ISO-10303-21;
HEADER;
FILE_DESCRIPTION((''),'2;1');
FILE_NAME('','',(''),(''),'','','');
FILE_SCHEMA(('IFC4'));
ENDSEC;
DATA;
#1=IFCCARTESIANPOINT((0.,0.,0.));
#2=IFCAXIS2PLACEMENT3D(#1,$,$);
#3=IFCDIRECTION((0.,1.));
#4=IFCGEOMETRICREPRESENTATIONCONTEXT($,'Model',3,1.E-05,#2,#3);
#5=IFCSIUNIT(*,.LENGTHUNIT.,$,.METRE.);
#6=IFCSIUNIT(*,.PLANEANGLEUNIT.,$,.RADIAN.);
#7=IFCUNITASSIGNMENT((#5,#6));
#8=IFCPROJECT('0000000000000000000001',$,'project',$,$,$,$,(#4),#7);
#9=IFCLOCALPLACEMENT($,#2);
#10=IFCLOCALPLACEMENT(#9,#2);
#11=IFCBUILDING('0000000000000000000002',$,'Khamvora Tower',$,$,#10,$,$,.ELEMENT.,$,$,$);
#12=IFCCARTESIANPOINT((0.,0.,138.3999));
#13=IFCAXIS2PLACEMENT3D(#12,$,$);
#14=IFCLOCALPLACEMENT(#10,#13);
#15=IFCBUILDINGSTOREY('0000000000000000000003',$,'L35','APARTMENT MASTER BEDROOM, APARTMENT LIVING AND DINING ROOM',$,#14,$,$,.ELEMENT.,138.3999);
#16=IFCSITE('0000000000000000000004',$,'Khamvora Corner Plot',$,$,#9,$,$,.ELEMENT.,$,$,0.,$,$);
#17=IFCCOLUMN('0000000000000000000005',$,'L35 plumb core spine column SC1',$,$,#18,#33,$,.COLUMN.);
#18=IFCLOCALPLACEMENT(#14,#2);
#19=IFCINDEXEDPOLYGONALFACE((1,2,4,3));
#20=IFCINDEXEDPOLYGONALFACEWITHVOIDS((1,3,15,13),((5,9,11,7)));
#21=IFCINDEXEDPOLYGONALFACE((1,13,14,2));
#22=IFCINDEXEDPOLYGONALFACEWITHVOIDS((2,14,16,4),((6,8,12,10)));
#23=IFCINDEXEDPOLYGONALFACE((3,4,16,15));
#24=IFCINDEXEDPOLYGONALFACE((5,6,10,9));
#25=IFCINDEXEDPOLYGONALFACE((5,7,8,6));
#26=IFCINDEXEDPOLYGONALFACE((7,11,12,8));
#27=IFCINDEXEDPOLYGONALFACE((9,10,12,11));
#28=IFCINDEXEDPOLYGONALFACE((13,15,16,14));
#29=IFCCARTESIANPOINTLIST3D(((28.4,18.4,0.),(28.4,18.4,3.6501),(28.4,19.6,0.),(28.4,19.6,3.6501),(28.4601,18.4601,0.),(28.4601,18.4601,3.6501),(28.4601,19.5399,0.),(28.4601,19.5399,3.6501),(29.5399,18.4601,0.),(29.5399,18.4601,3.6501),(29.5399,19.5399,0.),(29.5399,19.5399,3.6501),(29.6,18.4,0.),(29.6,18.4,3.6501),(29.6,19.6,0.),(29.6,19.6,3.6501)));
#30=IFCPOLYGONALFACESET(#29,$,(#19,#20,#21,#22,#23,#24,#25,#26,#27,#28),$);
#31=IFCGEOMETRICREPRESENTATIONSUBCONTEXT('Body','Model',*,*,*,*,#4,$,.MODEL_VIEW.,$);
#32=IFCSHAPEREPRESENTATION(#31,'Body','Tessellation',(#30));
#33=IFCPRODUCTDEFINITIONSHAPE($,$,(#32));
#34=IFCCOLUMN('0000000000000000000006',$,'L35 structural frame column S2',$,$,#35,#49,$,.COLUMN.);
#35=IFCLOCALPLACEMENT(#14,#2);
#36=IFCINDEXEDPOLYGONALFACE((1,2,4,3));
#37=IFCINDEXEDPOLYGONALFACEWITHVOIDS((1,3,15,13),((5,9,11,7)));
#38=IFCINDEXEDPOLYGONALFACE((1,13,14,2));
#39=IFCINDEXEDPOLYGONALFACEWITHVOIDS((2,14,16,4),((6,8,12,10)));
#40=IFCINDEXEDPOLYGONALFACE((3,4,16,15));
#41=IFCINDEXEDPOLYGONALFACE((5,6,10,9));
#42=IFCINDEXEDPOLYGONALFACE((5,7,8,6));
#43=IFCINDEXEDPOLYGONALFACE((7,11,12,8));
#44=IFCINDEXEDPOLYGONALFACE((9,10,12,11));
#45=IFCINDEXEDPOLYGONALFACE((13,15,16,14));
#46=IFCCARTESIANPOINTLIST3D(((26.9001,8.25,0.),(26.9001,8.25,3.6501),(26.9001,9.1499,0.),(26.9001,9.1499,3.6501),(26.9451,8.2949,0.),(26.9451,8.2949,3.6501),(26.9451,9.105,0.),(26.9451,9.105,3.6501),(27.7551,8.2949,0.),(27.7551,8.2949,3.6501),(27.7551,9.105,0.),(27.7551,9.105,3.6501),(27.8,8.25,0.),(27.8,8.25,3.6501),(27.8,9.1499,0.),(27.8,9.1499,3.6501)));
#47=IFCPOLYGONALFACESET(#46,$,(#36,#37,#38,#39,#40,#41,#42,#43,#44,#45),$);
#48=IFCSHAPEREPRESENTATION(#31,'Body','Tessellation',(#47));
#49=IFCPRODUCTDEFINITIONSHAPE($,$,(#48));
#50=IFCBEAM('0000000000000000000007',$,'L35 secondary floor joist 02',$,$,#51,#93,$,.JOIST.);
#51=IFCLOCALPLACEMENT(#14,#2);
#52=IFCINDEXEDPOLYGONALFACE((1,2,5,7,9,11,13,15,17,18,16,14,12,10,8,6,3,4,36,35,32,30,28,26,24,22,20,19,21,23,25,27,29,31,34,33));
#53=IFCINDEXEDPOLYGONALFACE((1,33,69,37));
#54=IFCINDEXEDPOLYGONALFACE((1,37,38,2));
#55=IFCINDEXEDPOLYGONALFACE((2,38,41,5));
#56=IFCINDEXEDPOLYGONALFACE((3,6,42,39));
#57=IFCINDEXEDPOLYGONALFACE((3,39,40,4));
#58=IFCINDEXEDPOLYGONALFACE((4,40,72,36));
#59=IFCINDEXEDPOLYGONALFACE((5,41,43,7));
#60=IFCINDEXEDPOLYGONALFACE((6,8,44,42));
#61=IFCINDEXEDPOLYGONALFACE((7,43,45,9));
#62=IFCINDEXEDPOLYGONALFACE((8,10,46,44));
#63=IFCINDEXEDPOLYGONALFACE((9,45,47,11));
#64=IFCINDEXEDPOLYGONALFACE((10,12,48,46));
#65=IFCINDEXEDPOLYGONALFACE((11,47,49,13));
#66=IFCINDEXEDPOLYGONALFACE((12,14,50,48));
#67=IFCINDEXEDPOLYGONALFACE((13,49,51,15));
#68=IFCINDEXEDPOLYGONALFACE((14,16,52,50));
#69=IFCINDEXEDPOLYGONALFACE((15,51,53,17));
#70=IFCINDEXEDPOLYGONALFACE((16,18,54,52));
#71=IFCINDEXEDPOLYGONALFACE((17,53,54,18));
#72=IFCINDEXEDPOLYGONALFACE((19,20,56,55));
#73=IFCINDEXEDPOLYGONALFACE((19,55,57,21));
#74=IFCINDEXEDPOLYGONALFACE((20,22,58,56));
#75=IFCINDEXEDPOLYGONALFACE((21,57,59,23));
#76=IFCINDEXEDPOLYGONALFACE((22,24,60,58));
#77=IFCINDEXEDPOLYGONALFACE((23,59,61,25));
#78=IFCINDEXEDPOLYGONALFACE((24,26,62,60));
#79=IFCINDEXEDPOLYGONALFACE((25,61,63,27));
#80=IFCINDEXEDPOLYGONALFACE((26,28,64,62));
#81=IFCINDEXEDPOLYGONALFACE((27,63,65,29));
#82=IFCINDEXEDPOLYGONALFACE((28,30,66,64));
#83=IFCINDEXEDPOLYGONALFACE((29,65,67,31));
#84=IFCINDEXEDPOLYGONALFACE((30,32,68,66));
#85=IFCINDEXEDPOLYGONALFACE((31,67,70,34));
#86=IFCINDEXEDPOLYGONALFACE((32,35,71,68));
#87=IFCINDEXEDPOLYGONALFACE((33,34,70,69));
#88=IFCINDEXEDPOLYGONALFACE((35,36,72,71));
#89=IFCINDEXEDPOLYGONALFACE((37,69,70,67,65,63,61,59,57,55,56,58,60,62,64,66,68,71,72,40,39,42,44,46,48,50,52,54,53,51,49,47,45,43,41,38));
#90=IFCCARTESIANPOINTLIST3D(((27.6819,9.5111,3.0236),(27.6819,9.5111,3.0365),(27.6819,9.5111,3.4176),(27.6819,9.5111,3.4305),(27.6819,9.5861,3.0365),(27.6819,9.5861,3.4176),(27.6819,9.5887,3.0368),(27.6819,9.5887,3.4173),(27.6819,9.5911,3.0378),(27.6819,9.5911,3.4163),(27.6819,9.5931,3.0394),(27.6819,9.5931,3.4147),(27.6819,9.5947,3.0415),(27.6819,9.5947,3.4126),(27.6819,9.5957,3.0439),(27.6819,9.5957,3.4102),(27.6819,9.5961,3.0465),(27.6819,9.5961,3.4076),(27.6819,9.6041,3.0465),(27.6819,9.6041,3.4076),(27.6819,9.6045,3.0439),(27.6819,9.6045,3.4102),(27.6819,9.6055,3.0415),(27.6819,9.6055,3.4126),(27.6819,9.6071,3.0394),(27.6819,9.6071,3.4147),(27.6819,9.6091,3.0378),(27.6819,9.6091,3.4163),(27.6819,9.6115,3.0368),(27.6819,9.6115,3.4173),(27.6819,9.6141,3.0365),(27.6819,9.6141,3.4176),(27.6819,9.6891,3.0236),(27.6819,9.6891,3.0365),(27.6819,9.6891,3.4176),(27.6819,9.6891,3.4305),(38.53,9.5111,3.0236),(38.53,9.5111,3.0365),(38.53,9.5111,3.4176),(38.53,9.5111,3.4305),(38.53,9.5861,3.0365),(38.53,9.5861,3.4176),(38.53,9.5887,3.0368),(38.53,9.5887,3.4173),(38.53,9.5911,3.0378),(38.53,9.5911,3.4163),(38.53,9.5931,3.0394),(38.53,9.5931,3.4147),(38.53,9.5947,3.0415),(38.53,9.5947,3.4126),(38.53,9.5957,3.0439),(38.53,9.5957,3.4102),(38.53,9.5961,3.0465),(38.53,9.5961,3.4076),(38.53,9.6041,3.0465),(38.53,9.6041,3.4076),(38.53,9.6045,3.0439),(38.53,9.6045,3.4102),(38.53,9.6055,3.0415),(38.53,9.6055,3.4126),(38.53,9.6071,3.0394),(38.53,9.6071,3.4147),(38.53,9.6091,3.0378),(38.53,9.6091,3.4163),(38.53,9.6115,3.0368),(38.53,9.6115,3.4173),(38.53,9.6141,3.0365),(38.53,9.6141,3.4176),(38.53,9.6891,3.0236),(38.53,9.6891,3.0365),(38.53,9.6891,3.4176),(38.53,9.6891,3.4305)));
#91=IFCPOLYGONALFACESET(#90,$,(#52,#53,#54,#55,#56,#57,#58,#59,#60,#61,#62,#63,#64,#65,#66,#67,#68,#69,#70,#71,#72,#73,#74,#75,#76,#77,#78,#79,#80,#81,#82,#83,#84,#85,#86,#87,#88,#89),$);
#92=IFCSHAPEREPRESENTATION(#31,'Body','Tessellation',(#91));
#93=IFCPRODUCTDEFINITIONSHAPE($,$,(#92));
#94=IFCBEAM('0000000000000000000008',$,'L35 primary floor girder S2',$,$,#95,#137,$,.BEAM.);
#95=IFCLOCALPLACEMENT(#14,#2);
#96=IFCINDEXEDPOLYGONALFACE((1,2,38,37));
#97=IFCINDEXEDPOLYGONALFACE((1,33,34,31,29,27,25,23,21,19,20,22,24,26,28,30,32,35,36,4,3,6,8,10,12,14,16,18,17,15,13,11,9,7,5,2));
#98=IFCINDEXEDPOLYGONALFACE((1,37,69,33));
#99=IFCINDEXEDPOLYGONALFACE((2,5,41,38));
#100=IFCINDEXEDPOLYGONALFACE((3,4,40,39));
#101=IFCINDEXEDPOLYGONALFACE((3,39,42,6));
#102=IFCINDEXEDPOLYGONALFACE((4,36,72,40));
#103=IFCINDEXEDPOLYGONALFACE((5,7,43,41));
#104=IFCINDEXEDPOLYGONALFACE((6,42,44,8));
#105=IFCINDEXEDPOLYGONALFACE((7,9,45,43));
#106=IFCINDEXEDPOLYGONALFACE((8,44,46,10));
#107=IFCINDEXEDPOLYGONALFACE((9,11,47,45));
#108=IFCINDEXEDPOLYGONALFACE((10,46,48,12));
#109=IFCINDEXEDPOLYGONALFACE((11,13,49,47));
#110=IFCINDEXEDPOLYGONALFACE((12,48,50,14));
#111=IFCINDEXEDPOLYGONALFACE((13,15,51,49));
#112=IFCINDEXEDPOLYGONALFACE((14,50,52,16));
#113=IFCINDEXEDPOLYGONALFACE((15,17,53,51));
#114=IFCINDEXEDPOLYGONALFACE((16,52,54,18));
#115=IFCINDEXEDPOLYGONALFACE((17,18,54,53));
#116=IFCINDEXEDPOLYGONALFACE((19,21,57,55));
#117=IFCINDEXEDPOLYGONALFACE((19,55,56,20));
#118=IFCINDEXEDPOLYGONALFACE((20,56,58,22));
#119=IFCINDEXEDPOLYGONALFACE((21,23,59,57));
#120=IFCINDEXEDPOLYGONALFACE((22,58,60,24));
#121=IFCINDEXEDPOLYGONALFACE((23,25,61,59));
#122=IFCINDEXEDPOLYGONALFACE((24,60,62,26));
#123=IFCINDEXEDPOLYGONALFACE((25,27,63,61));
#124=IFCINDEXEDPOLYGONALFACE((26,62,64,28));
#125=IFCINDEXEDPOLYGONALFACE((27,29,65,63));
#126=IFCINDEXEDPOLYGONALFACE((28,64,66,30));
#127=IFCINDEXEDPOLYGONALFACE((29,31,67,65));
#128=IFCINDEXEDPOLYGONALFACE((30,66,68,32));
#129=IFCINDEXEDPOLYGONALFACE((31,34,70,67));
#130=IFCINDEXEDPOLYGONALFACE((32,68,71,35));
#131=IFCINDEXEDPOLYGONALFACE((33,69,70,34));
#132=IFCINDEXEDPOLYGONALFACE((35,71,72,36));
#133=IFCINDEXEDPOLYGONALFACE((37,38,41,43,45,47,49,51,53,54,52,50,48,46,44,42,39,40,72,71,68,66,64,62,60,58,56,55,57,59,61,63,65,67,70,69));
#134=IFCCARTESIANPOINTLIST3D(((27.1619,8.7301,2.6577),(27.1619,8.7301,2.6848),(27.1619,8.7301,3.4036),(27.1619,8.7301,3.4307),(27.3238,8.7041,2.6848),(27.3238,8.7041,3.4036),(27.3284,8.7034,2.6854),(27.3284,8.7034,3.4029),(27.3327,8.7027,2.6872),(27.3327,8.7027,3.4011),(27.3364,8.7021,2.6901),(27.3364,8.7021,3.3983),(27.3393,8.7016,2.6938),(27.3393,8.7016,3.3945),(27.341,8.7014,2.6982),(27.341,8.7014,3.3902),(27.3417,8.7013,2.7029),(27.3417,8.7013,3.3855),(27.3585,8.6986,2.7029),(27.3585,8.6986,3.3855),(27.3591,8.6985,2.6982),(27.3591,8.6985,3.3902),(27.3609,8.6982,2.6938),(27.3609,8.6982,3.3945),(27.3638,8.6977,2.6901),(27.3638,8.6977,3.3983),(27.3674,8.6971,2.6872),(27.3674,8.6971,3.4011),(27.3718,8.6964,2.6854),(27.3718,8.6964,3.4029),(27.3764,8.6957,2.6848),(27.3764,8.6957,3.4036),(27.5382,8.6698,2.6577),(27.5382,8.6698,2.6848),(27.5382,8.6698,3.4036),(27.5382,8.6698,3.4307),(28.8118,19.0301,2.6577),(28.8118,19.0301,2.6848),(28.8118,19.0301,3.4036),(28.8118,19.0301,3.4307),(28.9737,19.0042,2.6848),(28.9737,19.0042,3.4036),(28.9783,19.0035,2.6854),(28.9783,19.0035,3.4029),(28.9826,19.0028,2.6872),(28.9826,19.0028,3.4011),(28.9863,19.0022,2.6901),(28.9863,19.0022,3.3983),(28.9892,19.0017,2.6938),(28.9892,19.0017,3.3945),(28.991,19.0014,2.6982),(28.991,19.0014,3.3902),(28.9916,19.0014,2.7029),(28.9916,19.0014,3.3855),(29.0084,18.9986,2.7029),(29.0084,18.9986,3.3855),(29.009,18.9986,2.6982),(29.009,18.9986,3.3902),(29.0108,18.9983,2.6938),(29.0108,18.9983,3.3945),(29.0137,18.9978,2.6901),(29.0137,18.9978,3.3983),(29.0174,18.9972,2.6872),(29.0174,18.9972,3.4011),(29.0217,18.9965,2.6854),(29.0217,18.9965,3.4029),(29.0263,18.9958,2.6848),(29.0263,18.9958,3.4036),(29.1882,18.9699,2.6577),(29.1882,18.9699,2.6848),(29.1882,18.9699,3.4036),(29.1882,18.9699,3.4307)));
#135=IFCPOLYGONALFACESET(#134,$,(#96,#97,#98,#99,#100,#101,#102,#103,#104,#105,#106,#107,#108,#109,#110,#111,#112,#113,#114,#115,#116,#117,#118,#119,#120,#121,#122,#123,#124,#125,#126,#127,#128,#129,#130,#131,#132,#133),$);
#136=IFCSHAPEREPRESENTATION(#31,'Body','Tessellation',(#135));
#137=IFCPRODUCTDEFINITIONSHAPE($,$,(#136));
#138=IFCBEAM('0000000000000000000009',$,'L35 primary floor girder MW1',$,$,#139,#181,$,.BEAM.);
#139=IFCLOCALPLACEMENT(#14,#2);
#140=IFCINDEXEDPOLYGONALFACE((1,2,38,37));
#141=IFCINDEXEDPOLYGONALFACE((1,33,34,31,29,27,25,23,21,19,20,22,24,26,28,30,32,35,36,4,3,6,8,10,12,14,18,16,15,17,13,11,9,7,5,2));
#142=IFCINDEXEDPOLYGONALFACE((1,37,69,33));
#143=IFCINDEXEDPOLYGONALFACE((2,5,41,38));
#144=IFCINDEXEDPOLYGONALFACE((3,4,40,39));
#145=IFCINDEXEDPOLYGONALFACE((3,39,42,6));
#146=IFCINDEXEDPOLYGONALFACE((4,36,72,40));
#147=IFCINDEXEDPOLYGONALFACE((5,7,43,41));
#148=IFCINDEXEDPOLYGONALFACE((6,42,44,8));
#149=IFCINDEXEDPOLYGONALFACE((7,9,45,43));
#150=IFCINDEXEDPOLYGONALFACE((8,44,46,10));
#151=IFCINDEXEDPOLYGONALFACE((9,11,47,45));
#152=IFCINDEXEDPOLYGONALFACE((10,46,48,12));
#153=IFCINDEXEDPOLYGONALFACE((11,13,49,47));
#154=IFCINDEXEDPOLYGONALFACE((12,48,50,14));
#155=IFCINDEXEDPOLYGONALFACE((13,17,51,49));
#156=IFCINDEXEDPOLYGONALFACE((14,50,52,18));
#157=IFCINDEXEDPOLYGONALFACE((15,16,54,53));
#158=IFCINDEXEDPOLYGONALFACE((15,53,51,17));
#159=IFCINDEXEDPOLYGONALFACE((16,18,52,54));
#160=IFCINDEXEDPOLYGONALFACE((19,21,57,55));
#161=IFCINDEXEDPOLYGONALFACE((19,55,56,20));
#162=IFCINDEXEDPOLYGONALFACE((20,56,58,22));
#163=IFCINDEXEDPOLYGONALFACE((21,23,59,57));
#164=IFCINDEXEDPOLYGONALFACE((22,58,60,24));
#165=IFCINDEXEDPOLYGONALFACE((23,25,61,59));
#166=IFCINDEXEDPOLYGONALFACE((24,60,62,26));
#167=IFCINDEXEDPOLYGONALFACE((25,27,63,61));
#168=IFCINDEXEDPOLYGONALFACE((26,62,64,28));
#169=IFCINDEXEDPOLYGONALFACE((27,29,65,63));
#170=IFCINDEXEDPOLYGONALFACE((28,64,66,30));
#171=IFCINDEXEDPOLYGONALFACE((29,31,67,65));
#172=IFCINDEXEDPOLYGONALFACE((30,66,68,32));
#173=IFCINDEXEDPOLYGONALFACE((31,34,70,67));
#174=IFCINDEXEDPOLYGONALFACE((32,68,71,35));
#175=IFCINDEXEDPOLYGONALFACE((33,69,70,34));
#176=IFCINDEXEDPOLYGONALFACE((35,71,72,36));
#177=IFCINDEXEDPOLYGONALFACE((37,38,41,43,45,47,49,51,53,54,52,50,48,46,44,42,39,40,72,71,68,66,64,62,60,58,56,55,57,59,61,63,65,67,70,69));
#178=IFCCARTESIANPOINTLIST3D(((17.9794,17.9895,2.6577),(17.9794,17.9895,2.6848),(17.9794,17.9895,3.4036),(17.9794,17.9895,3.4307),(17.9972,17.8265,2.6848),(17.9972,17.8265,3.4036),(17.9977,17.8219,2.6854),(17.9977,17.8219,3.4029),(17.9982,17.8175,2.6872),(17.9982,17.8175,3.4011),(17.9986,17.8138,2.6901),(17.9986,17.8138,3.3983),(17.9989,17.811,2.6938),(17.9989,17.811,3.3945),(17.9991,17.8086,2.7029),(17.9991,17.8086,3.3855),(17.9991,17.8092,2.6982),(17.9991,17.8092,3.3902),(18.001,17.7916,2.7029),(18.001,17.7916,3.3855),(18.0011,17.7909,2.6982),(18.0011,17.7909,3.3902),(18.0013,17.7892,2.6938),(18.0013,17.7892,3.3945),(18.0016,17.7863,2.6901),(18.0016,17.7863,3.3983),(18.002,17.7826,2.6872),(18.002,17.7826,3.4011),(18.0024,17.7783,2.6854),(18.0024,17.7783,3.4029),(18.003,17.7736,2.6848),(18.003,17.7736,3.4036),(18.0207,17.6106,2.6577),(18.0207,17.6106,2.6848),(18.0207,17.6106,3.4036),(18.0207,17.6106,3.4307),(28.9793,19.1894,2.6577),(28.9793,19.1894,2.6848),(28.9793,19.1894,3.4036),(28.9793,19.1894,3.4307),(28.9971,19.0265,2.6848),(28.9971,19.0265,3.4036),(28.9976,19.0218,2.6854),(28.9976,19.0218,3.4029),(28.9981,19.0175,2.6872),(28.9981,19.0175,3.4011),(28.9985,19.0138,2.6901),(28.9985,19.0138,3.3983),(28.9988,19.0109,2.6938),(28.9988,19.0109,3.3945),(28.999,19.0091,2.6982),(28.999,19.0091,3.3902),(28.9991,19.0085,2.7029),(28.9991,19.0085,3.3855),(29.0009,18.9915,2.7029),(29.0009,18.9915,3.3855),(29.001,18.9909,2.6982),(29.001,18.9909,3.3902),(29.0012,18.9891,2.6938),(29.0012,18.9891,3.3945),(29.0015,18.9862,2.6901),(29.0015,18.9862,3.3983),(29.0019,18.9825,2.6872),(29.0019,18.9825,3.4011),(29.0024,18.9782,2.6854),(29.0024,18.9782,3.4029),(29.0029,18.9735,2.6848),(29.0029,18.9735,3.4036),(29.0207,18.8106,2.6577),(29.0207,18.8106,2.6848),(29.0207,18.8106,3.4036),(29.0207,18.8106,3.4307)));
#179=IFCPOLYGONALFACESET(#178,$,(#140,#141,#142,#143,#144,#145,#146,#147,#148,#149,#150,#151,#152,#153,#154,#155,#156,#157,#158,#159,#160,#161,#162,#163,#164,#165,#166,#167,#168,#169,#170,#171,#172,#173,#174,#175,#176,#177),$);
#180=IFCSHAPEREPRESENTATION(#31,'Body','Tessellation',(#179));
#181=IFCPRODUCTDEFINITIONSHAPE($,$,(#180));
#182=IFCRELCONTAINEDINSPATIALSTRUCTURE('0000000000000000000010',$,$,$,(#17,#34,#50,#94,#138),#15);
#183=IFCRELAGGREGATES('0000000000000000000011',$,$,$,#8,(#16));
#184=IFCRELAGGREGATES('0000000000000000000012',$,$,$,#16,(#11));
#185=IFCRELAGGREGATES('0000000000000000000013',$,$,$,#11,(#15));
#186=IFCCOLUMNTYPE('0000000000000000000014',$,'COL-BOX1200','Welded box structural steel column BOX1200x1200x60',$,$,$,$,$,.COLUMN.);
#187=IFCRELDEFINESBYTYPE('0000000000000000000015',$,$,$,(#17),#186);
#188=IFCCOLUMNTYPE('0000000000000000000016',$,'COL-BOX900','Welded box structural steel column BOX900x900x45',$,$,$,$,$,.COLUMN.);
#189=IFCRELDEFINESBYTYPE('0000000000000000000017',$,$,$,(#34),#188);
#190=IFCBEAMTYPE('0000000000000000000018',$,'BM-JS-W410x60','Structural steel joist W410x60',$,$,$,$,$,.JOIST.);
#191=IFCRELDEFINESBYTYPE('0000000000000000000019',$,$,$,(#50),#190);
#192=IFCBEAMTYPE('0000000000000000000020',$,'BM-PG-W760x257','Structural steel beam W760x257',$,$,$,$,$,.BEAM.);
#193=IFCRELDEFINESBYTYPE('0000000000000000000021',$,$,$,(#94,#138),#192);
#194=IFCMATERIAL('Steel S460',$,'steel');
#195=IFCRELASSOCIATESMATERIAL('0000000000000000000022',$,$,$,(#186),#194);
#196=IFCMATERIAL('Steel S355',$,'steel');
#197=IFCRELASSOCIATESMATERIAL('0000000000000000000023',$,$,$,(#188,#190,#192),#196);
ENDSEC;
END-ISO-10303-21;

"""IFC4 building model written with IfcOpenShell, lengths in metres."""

from ifc_helpers import new_model, si_unit, direction, frame, origin, origin_2d, place, context, subcontext, project, spatial, hollow_rectangle, i_section, extrude, material, material_profile, profile_set, type_object, element, save


model = new_model("IFC4")

# Units and contexts
model_context = context("Model", 3, precision=1e-05, world=origin(), true_north=direction((0.0, 1.0)))
body_context = subcontext(model_context, "Body", "Model", "MODEL_VIEW")
ifc_project = project(units=[si_unit("LENGTHUNIT", "METRE"), si_unit("PLANEANGLEUNIT", "RADIAN")], contexts=[model_context])

# Site, building, storey
site_placement = place(None, origin())
site = spatial("IfcSite", under=ifc_project, at=site_placement, Name="Khamvora Corner Plot", CompositionType="ELEMENT", RefElevation=0.0)
building_placement = place(site_placement, origin())
building = spatial("IfcBuilding", under=site, at=building_placement, Name="Khamvora Tower", CompositionType="ELEMENT")
storey_placement = place(building_placement, frame((0.0, 0.0, 138.3999)))
storey = spatial("IfcBuildingStorey", under=building, at=storey_placement, Name="L35", Description="APARTMENT MASTER BEDROOM, APARTMENT LIVING AND DINING ROOM", CompositionType="ELEMENT", Elevation=138.3999)

# Columns
ifc_material_1 = material(Name="Steel S460", Category="steel")
ifc_material_profile_1 = material_profile(ifc_material_1, hollow_rectangle(XDim=1.2, YDim=1.2, WallThickness=0.0601, at=origin_2d()), Name="BOX1200x1200x60")
ifc_profile_set_1 = profile_set([ifc_material_profile_1], Name="Steel S460")
column_type_1 = type_object("IfcColumnType", Name="COL-BOX1200", Description="Welded box structural steel column BOX1200x1200x60", PredefinedType="COLUMN", material=ifc_profile_set_1)
column_1_placement = place(storey_placement, frame((29.0, 19.0, 0.0), z_axis=(0.0, 0.0, 1.0), x_axis=(1.0, 0.0, 0.0)))
element("IfcColumn", 1, at=column_1_placement, inside=storey, type_object=column_type_1, Name="L35 plumb core spine column SC1", PredefinedType="COLUMN", context=body_context, shape_type="SweptSolid", body=[
    extrude(hollow_rectangle(XDim=1.2, YDim=1.2, WallThickness=0.0601, at=origin_2d()), origin(), (0.0, 0.0, 1.0), 3.6501),
])
ifc_material_2 = material(Name="Steel S355", Category="steel")
ifc_material_profile_2 = material_profile(ifc_material_2, hollow_rectangle(XDim=0.8999, YDim=0.8999, WallThickness=0.0449, at=origin_2d()), Name="BOX900x900x45")
ifc_profile_set_2 = profile_set([ifc_material_profile_2], Name="Steel S355")
column_type_2 = type_object("IfcColumnType", Name="COL-BOX900", Description="Welded box structural steel column BOX900x900x45", PredefinedType="COLUMN", material=ifc_profile_set_2)
column_2_placement = place(storey_placement, frame((27.3501, 8.7, 0.0), z_axis=(0.0, 0.0, 1.0), x_axis=(1.0, 0.0, 0.0)))
element("IfcColumn", 2, at=column_2_placement, inside=storey, type_object=column_type_2, Name="L35 structural frame column S2", PredefinedType="COLUMN", context=body_context, shape_type="SweptSolid", body=[
    extrude(hollow_rectangle(XDim=0.8999, YDim=0.8999, WallThickness=0.0449, at=origin_2d()), origin(), (0.0, 0.0, 1.0), 3.6501),
])

# Beams
ifc_material_profile_3 = material_profile(ifc_material_2, i_section(OverallWidth=0.178, OverallDepth=0.407, WebThickness=0.0081, FlangeThickness=0.0129, FilletRadius=0.01, at=origin_2d()), Name="W410x60")
ifc_profile_set_3 = profile_set([ifc_material_profile_3], Name="Steel S355")
beam_type_1 = type_object("IfcBeamType", Name="BM-JS-W410x60", Description="Structural steel joist W410x60", PredefinedType="JOIST", material=ifc_profile_set_3)
beam_1_placement = place(storey_placement, frame((27.6819, 9.6001, 3.2271), z_axis=(1.0, 0.0, 0.0), x_axis=(0.0, 1.0, 0.0)))
element("IfcBeam", 3, at=beam_1_placement, inside=storey, type_object=beam_type_1, Name="L35 secondary floor joist 02", PredefinedType="JOIST", context=body_context, shape_type="SweptSolid", body=[
    extrude(i_section(OverallWidth=0.178, OverallDepth=0.407, WebThickness=0.0081, FlangeThickness=0.0129, FilletRadius=0.01, at=origin_2d()), origin(), (0.0, 0.0, 1.0), 10.8481),
])
ifc_material_profile_4 = material_profile(ifc_material_2, i_section(OverallWidth=0.3811, OverallDepth=0.7729, WebThickness=0.0171, FlangeThickness=0.0271, FilletRadius=0.0181, at=origin_2d()), Name="W760x257")
ifc_profile_set_4 = profile_set([ifc_material_profile_4], Name="Steel S355")
beam_type_2 = type_object("IfcBeamType", Name="BM-PG-W760x257", Description="Structural steel beam W760x257", PredefinedType="BEAM", material=ifc_profile_set_4)
beam_2_placement = place(storey_placement, frame((29.0, 19.0, 3.0442), z_axis=(-0.158168, -0.987412, 0.0), x_axis=(0.987412, -0.158168, 0.0)))
element("IfcBeam", 4, at=beam_2_placement, inside=storey, type_object=beam_type_2, Name="L35 primary floor girder S2", PredefinedType="BEAM", context=body_context, shape_type="SweptSolid", body=[
    extrude(i_section(OverallWidth=0.3811, OverallDepth=0.7729, WebThickness=0.0171, FlangeThickness=0.0271, FilletRadius=0.0181, at=origin_2d()), origin(), (0.0, 0.0, 1.0), 10.4314),
])
beam_3_placement = place(storey_placement, frame((29.0, 19.0, 3.0442), z_axis=(-0.994103, -0.108443, 0.0), x_axis=(0.108443, -0.994103, 0.0)))
element("IfcBeam", 5, at=beam_3_placement, inside=storey, type_object=beam_type_2, Name="L35 primary floor girder MW1", PredefinedType="BEAM", context=body_context, shape_type="SweptSolid", body=[
    extrude(i_section(OverallWidth=0.3811, OverallDepth=0.7729, WebThickness=0.0171, FlangeThickness=0.0271, FilletRadius=0.0181, at=origin_2d()), origin(), (0.0, 0.0, 1.0), 11.0652),
])

save(model, "model.ifc")
